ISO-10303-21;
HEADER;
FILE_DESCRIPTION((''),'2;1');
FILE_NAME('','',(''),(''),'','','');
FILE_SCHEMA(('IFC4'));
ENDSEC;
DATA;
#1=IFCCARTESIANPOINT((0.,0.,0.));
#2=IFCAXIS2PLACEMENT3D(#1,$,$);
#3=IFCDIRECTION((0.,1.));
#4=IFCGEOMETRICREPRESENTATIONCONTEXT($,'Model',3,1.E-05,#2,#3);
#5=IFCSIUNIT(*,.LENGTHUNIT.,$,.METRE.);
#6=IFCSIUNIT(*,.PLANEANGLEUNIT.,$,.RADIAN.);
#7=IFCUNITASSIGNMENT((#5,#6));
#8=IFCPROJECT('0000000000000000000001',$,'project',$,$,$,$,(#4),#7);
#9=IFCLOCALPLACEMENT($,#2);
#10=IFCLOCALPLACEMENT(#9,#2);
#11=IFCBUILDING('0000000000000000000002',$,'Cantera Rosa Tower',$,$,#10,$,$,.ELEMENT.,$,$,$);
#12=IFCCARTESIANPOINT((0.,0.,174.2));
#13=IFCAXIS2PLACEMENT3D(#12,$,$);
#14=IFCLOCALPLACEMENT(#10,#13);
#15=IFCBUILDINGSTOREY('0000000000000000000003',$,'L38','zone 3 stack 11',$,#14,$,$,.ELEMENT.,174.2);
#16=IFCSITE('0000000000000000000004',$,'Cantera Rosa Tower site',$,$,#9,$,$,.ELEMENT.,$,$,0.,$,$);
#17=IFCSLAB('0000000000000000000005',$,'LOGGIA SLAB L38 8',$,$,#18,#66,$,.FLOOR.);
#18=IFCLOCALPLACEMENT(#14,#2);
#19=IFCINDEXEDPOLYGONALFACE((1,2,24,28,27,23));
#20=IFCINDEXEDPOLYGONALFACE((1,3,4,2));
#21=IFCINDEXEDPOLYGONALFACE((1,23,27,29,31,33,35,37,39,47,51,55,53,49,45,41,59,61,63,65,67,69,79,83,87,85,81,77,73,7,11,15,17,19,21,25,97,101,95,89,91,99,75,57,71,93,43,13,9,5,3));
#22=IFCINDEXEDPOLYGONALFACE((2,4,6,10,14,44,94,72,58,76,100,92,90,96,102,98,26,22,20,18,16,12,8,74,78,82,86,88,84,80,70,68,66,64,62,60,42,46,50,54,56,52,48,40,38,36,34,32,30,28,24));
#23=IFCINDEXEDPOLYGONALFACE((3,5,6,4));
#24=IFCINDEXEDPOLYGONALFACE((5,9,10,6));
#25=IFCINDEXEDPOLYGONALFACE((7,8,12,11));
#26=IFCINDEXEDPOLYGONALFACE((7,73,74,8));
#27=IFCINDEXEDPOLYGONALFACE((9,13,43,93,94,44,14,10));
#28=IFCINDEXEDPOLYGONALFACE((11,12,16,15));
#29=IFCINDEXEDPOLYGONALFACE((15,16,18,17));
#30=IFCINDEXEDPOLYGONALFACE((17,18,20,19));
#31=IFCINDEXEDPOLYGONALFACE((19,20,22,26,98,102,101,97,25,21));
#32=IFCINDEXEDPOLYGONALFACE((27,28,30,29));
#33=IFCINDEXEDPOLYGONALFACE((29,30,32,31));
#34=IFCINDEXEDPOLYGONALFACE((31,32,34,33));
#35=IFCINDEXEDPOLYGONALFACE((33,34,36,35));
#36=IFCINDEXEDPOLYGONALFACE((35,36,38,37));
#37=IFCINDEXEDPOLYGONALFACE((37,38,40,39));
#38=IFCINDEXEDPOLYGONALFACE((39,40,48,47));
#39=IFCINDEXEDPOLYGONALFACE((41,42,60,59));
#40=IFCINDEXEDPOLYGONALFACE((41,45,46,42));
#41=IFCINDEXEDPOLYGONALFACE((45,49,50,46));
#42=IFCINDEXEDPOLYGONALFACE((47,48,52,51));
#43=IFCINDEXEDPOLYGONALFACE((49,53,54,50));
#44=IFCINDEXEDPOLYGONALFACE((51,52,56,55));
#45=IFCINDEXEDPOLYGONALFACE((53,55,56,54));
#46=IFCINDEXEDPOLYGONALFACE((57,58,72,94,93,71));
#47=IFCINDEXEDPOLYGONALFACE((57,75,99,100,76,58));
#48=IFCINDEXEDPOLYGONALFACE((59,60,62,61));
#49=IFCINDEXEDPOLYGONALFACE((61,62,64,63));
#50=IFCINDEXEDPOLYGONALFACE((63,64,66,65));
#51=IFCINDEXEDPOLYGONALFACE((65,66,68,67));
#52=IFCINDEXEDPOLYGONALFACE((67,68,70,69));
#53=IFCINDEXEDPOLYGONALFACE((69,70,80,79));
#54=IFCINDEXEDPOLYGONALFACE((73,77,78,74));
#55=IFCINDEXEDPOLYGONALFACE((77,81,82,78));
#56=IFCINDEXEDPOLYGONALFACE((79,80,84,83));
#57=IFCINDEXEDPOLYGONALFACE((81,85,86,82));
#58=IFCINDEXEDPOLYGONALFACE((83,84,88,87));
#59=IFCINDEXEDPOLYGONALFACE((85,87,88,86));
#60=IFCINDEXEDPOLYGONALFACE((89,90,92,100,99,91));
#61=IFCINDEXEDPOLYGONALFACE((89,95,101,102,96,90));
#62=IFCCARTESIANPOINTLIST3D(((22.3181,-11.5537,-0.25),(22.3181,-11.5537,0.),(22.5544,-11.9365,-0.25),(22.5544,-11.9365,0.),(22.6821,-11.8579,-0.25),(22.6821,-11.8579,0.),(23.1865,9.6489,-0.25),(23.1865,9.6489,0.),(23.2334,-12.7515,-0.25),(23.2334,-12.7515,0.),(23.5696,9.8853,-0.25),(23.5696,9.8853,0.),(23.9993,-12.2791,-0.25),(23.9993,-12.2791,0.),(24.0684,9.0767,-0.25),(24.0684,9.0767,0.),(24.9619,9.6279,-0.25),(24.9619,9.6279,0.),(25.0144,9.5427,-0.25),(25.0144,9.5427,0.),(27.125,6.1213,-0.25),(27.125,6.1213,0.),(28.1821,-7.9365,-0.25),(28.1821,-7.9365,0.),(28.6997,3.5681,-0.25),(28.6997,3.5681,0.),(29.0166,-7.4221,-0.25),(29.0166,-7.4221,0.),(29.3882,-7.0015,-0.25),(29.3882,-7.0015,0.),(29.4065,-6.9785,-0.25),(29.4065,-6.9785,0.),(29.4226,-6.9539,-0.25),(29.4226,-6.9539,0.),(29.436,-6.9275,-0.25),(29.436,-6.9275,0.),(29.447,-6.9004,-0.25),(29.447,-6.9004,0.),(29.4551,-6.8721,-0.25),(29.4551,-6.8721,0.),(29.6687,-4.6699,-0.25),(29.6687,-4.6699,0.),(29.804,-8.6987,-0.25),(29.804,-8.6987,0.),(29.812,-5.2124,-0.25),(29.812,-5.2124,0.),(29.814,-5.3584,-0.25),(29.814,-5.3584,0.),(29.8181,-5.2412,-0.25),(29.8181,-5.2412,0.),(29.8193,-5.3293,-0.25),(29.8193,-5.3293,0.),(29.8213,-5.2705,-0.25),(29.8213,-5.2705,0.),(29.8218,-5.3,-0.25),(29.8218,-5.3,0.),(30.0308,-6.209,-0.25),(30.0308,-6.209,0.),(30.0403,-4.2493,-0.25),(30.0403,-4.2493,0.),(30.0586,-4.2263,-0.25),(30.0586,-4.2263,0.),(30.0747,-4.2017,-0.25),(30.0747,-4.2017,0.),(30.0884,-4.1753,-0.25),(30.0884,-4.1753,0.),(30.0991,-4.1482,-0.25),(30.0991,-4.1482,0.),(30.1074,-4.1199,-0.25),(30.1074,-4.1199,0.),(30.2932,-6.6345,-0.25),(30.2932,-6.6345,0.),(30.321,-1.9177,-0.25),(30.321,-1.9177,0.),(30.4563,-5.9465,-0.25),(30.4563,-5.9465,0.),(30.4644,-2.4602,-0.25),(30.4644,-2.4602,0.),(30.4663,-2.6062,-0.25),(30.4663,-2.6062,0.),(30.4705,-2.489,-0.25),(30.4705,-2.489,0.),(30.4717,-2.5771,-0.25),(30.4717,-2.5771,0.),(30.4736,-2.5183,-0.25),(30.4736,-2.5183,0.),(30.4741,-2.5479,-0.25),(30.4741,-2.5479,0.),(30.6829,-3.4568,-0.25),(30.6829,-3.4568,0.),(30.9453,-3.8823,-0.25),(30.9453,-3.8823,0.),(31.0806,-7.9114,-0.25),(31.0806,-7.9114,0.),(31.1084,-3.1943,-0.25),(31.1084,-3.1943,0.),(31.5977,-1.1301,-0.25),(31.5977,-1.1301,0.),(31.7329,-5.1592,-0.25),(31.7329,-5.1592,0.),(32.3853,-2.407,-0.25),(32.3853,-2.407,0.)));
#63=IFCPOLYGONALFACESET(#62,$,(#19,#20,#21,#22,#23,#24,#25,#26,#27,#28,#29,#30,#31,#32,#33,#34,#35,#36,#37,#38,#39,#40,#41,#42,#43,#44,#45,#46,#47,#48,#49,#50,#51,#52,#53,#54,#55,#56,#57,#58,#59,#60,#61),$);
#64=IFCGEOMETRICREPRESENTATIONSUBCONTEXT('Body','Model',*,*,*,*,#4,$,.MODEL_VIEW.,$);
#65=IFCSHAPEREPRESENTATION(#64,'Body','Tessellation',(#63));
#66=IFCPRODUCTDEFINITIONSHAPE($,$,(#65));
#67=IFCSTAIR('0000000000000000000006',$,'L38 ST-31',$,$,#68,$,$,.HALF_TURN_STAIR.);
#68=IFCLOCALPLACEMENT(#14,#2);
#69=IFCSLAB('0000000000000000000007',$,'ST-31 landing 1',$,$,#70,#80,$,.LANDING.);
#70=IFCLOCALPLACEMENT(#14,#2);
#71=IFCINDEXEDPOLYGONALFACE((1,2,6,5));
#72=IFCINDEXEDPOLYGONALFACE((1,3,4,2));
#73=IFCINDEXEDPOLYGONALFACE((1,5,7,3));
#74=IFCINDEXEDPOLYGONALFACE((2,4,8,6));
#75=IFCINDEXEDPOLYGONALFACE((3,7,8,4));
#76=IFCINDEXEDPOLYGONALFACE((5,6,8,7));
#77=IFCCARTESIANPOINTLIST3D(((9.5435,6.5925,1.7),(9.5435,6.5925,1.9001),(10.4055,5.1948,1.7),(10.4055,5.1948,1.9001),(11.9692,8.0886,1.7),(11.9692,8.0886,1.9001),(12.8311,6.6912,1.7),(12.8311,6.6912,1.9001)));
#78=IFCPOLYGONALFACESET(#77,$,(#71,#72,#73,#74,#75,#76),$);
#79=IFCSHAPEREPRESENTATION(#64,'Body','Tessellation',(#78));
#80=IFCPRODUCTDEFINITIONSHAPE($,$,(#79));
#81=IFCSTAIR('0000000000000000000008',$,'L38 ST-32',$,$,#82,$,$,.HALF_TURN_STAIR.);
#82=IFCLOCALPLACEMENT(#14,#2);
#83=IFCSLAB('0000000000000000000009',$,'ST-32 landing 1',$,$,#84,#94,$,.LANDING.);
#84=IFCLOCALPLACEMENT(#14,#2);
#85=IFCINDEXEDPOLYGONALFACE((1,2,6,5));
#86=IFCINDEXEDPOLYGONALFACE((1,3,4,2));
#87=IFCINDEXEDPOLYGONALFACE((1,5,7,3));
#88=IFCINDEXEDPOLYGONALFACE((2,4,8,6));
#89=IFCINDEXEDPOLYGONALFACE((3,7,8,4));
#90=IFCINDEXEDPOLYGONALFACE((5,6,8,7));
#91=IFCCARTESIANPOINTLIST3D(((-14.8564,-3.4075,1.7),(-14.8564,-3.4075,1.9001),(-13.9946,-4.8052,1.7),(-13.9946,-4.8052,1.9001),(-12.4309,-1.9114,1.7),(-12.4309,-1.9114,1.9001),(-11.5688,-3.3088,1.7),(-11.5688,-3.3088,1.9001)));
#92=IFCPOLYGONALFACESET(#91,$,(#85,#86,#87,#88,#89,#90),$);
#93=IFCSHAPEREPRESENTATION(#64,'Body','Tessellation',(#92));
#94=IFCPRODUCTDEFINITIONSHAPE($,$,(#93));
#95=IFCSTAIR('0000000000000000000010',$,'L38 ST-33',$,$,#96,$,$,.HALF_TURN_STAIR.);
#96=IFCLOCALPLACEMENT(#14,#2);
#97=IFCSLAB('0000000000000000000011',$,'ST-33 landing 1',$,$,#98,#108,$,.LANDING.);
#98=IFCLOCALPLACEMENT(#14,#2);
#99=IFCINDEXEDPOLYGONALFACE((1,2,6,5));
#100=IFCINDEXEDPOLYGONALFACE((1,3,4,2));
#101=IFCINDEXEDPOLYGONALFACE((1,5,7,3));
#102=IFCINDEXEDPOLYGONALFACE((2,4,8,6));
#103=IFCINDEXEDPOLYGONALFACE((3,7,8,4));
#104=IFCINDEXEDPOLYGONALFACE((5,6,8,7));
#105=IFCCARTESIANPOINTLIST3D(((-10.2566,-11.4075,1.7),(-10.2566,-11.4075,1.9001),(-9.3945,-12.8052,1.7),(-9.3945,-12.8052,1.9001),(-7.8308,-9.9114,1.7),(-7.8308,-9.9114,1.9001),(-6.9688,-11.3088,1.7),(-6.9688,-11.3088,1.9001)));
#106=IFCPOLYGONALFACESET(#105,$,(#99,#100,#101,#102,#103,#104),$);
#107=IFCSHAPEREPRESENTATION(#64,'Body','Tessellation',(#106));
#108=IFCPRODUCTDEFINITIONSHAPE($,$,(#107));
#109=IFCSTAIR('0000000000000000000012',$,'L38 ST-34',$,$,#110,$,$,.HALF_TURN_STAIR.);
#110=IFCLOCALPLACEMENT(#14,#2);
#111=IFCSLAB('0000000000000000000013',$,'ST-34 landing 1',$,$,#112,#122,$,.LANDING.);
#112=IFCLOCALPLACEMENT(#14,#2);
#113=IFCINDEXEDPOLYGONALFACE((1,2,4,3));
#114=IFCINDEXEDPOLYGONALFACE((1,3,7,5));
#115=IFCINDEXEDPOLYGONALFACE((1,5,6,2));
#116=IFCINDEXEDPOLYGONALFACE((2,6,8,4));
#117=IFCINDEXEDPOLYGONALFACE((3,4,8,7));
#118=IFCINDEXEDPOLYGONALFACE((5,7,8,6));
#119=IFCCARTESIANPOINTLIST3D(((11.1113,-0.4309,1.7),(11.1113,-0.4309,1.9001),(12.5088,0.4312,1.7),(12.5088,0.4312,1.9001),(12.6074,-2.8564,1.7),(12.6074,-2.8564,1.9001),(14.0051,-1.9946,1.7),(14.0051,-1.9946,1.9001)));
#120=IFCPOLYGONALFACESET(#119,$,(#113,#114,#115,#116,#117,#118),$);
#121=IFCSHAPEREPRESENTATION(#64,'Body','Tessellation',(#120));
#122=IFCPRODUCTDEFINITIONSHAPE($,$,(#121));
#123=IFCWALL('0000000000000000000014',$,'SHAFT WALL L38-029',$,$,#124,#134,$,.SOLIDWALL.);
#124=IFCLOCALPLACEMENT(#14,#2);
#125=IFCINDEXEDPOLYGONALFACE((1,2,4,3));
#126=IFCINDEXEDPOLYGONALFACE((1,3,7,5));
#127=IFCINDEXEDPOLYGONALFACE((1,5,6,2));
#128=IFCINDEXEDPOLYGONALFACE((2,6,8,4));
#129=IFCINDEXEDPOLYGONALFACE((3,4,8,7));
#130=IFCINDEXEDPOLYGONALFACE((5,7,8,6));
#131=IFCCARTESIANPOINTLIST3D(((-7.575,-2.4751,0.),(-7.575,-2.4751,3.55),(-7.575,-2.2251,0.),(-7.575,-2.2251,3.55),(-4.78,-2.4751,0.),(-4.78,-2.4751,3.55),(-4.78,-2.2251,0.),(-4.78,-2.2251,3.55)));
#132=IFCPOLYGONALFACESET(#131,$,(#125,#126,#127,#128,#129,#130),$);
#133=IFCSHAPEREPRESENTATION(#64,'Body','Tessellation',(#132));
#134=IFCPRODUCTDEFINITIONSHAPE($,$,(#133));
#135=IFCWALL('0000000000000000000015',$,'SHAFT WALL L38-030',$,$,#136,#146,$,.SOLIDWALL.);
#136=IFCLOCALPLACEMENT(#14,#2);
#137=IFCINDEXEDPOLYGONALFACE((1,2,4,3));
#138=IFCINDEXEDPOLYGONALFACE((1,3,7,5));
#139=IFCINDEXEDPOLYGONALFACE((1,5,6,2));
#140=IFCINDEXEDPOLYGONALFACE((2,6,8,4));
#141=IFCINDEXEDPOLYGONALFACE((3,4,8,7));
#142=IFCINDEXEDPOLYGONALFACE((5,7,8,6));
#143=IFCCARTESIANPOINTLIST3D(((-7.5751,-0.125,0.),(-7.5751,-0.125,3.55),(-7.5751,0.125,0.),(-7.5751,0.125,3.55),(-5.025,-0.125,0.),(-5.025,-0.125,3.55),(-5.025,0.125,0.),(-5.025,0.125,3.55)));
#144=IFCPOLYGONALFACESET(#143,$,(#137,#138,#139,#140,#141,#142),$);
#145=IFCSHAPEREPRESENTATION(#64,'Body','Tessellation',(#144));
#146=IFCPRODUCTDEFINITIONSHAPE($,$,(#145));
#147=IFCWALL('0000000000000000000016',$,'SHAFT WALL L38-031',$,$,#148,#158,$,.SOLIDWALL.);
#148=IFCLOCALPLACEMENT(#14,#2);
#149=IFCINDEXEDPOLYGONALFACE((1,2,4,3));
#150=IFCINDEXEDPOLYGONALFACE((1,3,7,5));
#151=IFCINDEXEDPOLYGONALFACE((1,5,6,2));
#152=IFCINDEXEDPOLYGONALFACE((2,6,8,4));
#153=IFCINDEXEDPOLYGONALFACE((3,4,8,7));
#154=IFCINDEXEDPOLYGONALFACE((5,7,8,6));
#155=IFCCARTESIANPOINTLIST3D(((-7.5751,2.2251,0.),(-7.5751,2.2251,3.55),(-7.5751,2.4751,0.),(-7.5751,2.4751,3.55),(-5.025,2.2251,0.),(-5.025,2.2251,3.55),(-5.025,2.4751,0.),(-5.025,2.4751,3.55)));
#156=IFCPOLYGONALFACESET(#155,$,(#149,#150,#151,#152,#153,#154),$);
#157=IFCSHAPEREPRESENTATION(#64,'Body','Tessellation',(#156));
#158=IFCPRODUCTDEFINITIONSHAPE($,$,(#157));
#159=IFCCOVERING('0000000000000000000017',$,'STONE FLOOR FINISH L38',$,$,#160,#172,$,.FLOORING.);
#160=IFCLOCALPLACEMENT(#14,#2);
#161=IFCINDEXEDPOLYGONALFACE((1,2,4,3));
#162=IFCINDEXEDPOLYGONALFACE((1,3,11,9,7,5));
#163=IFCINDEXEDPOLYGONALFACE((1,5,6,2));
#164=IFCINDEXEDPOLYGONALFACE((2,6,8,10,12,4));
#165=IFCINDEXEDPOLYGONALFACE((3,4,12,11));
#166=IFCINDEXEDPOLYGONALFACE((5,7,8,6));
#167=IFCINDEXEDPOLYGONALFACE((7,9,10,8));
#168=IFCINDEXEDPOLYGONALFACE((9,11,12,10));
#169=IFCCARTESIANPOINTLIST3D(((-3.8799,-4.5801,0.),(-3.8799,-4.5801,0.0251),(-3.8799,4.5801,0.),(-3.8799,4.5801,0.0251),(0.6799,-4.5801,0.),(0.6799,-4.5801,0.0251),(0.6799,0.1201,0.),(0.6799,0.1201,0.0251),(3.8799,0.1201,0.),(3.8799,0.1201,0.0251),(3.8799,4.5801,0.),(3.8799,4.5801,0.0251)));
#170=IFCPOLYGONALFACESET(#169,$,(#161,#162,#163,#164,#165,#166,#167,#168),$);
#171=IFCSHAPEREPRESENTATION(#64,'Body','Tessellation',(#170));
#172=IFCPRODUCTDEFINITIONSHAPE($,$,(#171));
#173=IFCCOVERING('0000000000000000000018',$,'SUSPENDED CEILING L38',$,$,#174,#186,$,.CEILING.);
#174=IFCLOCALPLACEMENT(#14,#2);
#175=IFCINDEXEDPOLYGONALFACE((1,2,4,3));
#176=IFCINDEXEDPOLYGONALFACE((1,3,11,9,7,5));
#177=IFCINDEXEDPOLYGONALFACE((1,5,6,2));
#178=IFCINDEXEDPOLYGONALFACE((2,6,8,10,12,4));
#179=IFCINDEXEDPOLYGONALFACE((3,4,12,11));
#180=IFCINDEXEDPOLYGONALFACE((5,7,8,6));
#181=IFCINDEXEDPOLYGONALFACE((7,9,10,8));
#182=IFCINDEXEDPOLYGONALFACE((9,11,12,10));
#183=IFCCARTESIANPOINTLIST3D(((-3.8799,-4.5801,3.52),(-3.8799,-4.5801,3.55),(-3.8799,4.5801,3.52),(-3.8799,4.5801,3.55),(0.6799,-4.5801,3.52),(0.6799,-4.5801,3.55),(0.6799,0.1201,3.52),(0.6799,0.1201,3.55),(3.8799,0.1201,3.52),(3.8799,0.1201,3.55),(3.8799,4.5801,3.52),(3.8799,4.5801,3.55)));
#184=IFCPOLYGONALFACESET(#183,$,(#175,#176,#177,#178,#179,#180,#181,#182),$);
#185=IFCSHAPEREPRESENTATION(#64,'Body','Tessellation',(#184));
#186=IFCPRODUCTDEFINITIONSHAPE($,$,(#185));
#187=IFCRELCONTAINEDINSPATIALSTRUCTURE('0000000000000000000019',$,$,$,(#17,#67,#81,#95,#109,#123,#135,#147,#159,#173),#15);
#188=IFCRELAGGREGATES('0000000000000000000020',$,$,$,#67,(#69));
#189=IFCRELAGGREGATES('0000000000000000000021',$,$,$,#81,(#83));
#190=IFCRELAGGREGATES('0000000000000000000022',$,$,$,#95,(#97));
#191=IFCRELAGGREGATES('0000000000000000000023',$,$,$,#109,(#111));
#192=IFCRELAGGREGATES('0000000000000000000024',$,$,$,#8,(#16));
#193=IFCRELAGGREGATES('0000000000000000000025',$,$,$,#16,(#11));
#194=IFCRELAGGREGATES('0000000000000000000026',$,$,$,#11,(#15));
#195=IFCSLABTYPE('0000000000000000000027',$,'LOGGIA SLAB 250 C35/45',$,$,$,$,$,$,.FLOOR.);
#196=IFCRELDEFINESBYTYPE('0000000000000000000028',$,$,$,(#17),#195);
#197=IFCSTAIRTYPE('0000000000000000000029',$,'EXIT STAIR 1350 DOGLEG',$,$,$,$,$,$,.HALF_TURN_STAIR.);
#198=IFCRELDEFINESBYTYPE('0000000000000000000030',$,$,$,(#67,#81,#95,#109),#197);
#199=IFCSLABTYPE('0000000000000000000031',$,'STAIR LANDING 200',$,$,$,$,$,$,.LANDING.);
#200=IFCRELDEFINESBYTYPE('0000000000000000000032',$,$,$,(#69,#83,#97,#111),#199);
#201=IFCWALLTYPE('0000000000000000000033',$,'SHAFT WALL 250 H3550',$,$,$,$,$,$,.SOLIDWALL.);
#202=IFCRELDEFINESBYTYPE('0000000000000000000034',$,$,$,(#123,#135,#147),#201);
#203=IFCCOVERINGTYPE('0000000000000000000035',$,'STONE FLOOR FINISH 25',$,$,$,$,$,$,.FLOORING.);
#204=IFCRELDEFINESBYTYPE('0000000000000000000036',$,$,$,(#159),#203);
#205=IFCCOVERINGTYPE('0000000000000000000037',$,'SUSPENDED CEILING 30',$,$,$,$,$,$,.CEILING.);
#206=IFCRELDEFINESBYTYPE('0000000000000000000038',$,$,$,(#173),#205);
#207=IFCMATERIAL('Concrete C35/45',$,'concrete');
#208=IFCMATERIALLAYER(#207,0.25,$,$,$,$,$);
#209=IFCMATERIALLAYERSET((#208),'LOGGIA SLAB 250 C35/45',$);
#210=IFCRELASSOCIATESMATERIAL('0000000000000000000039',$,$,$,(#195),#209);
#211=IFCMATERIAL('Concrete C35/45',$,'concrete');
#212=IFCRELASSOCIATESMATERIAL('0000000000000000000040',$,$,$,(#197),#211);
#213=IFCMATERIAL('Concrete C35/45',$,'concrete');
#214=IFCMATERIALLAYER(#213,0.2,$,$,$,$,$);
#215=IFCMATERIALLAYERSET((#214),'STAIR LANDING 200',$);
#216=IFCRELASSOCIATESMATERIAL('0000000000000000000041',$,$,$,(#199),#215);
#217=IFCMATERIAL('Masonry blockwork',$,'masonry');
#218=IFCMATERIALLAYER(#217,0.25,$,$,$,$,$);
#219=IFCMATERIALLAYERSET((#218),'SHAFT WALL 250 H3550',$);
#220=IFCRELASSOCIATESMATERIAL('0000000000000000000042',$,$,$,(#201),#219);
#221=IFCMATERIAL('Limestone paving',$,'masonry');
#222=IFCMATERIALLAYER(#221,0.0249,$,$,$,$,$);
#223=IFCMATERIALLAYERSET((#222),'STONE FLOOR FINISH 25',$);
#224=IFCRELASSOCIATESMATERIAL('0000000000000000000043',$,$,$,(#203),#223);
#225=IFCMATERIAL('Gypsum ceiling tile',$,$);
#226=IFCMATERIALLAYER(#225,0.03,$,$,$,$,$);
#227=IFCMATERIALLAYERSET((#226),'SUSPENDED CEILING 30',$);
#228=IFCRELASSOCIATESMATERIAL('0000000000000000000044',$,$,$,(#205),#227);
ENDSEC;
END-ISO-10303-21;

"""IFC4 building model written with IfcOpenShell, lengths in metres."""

from ifc_helpers import new_model, si_unit, direction, frame, frame_2d, origin, place, context, subcontext, project, spatial, polyline, rectangle, outline, extrude, material, layer, layer_set, type_object, element, aggregate, save


model = new_model("IFC4")

# Units and contexts
model_context = context("Model", 3, precision=1e-05, world=origin(), true_north=direction((0.0, 1.0)))
body_context = subcontext(model_context, "Body", "Model", "MODEL_VIEW")
ifc_project = project(units=[si_unit("LENGTHUNIT", "METRE"), si_unit("PLANEANGLEUNIT", "RADIAN")], contexts=[model_context])

# Site, building, storey
site_placement = place(None, origin())
site = spatial("IfcSite", under=ifc_project, at=site_placement, Name="Cantera Rosa Tower site", CompositionType="ELEMENT", RefElevation=0.0)
building_placement = place(site_placement, origin())
building = spatial("IfcBuilding", under=site, at=building_placement, Name="Cantera Rosa Tower", CompositionType="ELEMENT")
storey_placement = place(building_placement, frame((0.0, 0.0, 174.2)))
storey = spatial("IfcBuildingStorey", under=building, at=storey_placement, Name="L38", Description="zone 3 stack 11", CompositionType="ELEMENT", Elevation=174.2)

# Slab
ifc_material_1 = material(Name="Concrete C35/45", Category="concrete")
ifc_layer_1 = layer(ifc_material_1, 0.25)
ifc_layer_set_1 = layer_set([ifc_layer_1], Name="LOGGIA SLAB 250 C35/45")
slab_type_1 = type_object("IfcSlabType", Name="LOGGIA SLAB 250 C35/45", PredefinedType="FLOOR", material=ifc_layer_set_1)
slab_1_placement = place(storey_placement, frame((0.0, 0.0, -0.25)))
element("IfcSlab", 1, at=slab_1_placement, inside=storey, type_object=slab_type_1, Name="LOGGIA SLAB L38 8", PredefinedType="FLOOR", context=body_context, shape_type="SweptSolid", body=[
    extrude(outline(polyline([(28.6997, 3.5681), (31.5977, -1.1301), (32.3853, -2.407), (31.1084, -3.1943), (30.6829, -3.4568), (30.9453, -3.8823), (31.7329, -5.1592), (30.4563, -5.9465), (30.0308, -6.209), (30.2932, -6.6345), (31.0806, -7.9114), (29.804, -8.6987), (23.9993, -12.2791), (23.2334, -12.7515), (22.6821, -11.8579), (22.5544, -11.9365), (22.3181, -11.5537), (28.1821, -7.9365), (29.0166, -7.4221), (29.3882, -7.0015), (29.4065, -6.9785), (29.4226, -6.9539), (29.436, -6.9275), (29.447, -6.9004), (29.4551, -6.8721), (29.814, -5.3584), (29.8193, -5.3293), (29.8218, -5.3), (29.8213, -5.2705), (29.8181, -5.2412), (29.812, -5.2124), (29.6687, -4.6699), (30.0403, -4.2493), (30.0586, -4.2263), (30.0747, -4.2017), (30.0884, -4.1753), (30.0991, -4.1482), (30.1074, -4.1199), (30.4663, -2.6062), (30.4717, -2.5771), (30.4741, -2.5479), (30.4736, -2.5183), (30.4705, -2.489), (30.4644, -2.4602), (30.321, -1.9177), (23.1865, 9.6489), (23.5696, 9.8853), (24.0684, 9.0767), (24.9619, 9.6279), (25.0144, 9.5427), (27.125, 6.1213), (28.6997, 3.5681)])), origin(), (0.0, 0.0, 1.0), 0.25),
])

# Stairs, slabs
ifc_material_2 = material(Name="Concrete C35/45", Category="concrete")
stair_type = type_object("IfcStairType", Name="EXIT STAIR 1350 DOGLEG", PredefinedType="HALF_TURN_STAIR", material=ifc_material_2)
stair_1_placement = place(storey_placement, origin())
stair_1 = element("IfcStair", 2, at=stair_1_placement, inside=storey, type_object=stair_type, Name="L38 ST-31", PredefinedType="HALF_TURN_STAIR")
ifc_material_3 = material(Name="Concrete C35/45", Category="concrete")
ifc_layer_2 = layer(ifc_material_3, 0.2)
ifc_layer_set_2 = layer_set([ifc_layer_2], Name="STAIR LANDING 200")
slab_type_2 = type_object("IfcSlabType", Name="STAIR LANDING 200", PredefinedType="LANDING", material=ifc_layer_set_2)
slab_2_placement = place(storey_placement, frame((0.0, 0.0, 1.7)))
slab_2 = element("IfcSlab", 3, at=slab_2_placement, type_object=slab_type_2, Name="ST-31 landing 1", PredefinedType="LANDING", context=body_context, shape_type="SweptSolid", body=[
    extrude(outline(polyline([(12.8311, 6.6912), (11.9692, 8.0886), (9.5435, 6.5925), (10.4055, 5.1948), (12.8311, 6.6912)])), origin(), (0.0, 0.0, 1.0), 0.2002),
])
aggregate(stair_1, [slab_2])
stair_2_placement = place(storey_placement, origin())
stair_2 = element("IfcStair", 4, at=stair_2_placement, inside=storey, type_object=stair_type, Name="L38 ST-32", PredefinedType="HALF_TURN_STAIR")
slab_3_placement = place(storey_placement, frame((0.0, 0.0, 1.7)))
slab_3 = element("IfcSlab", 5, at=slab_3_placement, type_object=slab_type_2, Name="ST-32 landing 1", PredefinedType="LANDING", context=body_context, shape_type="SweptSolid", body=[
    extrude(outline(polyline([(-11.5688, -3.3088), (-12.4309, -1.9114), (-14.8564, -3.4075), (-13.9946, -4.8052), (-11.5688, -3.3088)])), origin(), (0.0, 0.0, 1.0), 0.2002),
])
aggregate(stair_2, [slab_3])
stair_3_placement = place(storey_placement, origin())
stair_3 = element("IfcStair", 6, at=stair_3_placement, inside=storey, type_object=stair_type, Name="L38 ST-33", PredefinedType="HALF_TURN_STAIR")
slab_4_placement = place(storey_placement, frame((0.0, 0.0, 1.7)))
slab_4 = element("IfcSlab", 7, at=slab_4_placement, type_object=slab_type_2, Name="ST-33 landing 1", PredefinedType="LANDING", context=body_context, shape_type="SweptSolid", body=[
    extrude(outline(polyline([(-6.9688, -11.3088), (-7.8308, -9.9114), (-10.2566, -11.4075), (-9.3945, -12.8052), (-6.9688, -11.3088)])), origin(), (0.0, 0.0, 1.0), 0.2002),
])
aggregate(stair_3, [slab_4])
stair_4_placement = place(storey_placement, origin())
stair_4 = element("IfcStair", 8, at=stair_4_placement, inside=storey, type_object=stair_type, Name="L38 ST-34", PredefinedType="HALF_TURN_STAIR")
slab_5_placement = place(storey_placement, frame((0.0, 0.0, 1.7)))
slab_5 = element("IfcSlab", 9, at=slab_5_placement, type_object=slab_type_2, Name="ST-34 landing 1", PredefinedType="LANDING", context=body_context, shape_type="SweptSolid", body=[
    extrude(outline(polyline([(12.5088, 0.4312), (11.1113, -0.4309), (12.6074, -2.8564), (14.0051, -1.9946), (12.5088, 0.4312)])), origin(), (0.0, 0.0, 1.0), 0.2002),
])
aggregate(stair_4, [slab_5])

# Walls
ifc_material_4 = material(Name="Masonry blockwork", Category="masonry")
ifc_layer_3 = layer(ifc_material_4, 0.25)
ifc_layer_set_3 = layer_set([ifc_layer_3], Name="SHAFT WALL 250 H3550")
wall_type = type_object("IfcWallType", Name="SHAFT WALL 250 H3550", PredefinedType="SOLIDWALL", material=ifc_layer_set_3)
wall_placement = place(storey_placement, frame((-7.575, -2.3501, 0.0), z_axis=(0.0, 0.0, 1.0), x_axis=(1.0, 0.0, 0.0)))
element("IfcWall", 10, at=wall_placement, inside=storey, type_object=wall_type, Name="SHAFT WALL L38-029", PredefinedType="SOLIDWALL", context=body_context, shape_type="SweptSolid", body=[
    extrude(rectangle(XDim=2.7949, YDim=0.25, at=frame_2d((1.3975, 0.0))), origin(), (0.0, 0.0, 1.0), 3.55),
])
for number, where, z_axis, x_axis, name in (
    (11, (-7.575, 0.0, 0.0), (0.0, 0.0, 1.0), (1.0, 0.0, 0.0), "SHAFT WALL L38-030"),
    (12, (-7.575, 2.3501, 0.0), (0.0, 0.0, 1.0), (1.0, 0.0, 0.0), "SHAFT WALL L38-031"),
):
    element("IfcWall", number, at=place(storey_placement, frame(where, z_axis=z_axis, x_axis=x_axis)), inside=storey, type_object=wall_type, Name=name, PredefinedType="SOLIDWALL", context=body_context, shape_type="SweptSolid", body=[
        extrude(rectangle(XDim=2.55, YDim=0.25, at=frame_2d((1.2749, 0.0))), origin(), (0.0, 0.0, 1.0), 3.55),
    ])

# Coverings
ifc_material_5 = material(Name="Limestone paving", Category="masonry")
ifc_layer_4 = layer(ifc_material_5, 0.0249)
ifc_layer_set_4 = layer_set([ifc_layer_4], Name="STONE FLOOR FINISH 25")
covering_type_1 = type_object("IfcCoveringType", Name="STONE FLOOR FINISH 25", PredefinedType="FLOORING", material=ifc_layer_set_4)
covering_1_placement = place(storey_placement, origin())
element("IfcCovering", 13, at=covering_1_placement, inside=storey, type_object=covering_type_1, Name="STONE FLOOR FINISH L38", PredefinedType="FLOORING", context=body_context, shape_type="SweptSolid", body=[
    extrude(outline(polyline([(3.8799, 4.5801), (3.8799, 0.1201), (0.6799, 0.1201), (0.6799, -4.5801), (-3.8799, -4.5801), (-3.8799, 4.5801), (3.8799, 4.5801)])), origin(), (0.0, 0.0, 1.0), 0.0251),
])
ifc_material_6 = material(Name="Gypsum ceiling tile")
ifc_layer_5 = layer(ifc_material_6, 0.03)
ifc_layer_set_5 = layer_set([ifc_layer_5], Name="SUSPENDED CEILING 30")
covering_type_2 = type_object("IfcCoveringType", Name="SUSPENDED CEILING 30", PredefinedType="CEILING", material=ifc_layer_set_5)
covering_2_placement = place(storey_placement, frame((0.0, 0.0, 3.52)))
element("IfcCovering", 14, at=covering_2_placement, inside=storey, type_object=covering_type_2, Name="SUSPENDED CEILING L38", PredefinedType="CEILING", context=body_context, shape_type="SweptSolid", body=[
    extrude(outline(polyline([(3.8799, 4.5801), (3.8799, 0.1201), (0.6799, 0.1201), (0.6799, -4.5801), (-3.8799, -4.5801), (-3.8799, 4.5801), (3.8799, 4.5801)])), origin(), (0.0, 0.0, 1.0), 0.03),
])

save(model, "model.ifc")
